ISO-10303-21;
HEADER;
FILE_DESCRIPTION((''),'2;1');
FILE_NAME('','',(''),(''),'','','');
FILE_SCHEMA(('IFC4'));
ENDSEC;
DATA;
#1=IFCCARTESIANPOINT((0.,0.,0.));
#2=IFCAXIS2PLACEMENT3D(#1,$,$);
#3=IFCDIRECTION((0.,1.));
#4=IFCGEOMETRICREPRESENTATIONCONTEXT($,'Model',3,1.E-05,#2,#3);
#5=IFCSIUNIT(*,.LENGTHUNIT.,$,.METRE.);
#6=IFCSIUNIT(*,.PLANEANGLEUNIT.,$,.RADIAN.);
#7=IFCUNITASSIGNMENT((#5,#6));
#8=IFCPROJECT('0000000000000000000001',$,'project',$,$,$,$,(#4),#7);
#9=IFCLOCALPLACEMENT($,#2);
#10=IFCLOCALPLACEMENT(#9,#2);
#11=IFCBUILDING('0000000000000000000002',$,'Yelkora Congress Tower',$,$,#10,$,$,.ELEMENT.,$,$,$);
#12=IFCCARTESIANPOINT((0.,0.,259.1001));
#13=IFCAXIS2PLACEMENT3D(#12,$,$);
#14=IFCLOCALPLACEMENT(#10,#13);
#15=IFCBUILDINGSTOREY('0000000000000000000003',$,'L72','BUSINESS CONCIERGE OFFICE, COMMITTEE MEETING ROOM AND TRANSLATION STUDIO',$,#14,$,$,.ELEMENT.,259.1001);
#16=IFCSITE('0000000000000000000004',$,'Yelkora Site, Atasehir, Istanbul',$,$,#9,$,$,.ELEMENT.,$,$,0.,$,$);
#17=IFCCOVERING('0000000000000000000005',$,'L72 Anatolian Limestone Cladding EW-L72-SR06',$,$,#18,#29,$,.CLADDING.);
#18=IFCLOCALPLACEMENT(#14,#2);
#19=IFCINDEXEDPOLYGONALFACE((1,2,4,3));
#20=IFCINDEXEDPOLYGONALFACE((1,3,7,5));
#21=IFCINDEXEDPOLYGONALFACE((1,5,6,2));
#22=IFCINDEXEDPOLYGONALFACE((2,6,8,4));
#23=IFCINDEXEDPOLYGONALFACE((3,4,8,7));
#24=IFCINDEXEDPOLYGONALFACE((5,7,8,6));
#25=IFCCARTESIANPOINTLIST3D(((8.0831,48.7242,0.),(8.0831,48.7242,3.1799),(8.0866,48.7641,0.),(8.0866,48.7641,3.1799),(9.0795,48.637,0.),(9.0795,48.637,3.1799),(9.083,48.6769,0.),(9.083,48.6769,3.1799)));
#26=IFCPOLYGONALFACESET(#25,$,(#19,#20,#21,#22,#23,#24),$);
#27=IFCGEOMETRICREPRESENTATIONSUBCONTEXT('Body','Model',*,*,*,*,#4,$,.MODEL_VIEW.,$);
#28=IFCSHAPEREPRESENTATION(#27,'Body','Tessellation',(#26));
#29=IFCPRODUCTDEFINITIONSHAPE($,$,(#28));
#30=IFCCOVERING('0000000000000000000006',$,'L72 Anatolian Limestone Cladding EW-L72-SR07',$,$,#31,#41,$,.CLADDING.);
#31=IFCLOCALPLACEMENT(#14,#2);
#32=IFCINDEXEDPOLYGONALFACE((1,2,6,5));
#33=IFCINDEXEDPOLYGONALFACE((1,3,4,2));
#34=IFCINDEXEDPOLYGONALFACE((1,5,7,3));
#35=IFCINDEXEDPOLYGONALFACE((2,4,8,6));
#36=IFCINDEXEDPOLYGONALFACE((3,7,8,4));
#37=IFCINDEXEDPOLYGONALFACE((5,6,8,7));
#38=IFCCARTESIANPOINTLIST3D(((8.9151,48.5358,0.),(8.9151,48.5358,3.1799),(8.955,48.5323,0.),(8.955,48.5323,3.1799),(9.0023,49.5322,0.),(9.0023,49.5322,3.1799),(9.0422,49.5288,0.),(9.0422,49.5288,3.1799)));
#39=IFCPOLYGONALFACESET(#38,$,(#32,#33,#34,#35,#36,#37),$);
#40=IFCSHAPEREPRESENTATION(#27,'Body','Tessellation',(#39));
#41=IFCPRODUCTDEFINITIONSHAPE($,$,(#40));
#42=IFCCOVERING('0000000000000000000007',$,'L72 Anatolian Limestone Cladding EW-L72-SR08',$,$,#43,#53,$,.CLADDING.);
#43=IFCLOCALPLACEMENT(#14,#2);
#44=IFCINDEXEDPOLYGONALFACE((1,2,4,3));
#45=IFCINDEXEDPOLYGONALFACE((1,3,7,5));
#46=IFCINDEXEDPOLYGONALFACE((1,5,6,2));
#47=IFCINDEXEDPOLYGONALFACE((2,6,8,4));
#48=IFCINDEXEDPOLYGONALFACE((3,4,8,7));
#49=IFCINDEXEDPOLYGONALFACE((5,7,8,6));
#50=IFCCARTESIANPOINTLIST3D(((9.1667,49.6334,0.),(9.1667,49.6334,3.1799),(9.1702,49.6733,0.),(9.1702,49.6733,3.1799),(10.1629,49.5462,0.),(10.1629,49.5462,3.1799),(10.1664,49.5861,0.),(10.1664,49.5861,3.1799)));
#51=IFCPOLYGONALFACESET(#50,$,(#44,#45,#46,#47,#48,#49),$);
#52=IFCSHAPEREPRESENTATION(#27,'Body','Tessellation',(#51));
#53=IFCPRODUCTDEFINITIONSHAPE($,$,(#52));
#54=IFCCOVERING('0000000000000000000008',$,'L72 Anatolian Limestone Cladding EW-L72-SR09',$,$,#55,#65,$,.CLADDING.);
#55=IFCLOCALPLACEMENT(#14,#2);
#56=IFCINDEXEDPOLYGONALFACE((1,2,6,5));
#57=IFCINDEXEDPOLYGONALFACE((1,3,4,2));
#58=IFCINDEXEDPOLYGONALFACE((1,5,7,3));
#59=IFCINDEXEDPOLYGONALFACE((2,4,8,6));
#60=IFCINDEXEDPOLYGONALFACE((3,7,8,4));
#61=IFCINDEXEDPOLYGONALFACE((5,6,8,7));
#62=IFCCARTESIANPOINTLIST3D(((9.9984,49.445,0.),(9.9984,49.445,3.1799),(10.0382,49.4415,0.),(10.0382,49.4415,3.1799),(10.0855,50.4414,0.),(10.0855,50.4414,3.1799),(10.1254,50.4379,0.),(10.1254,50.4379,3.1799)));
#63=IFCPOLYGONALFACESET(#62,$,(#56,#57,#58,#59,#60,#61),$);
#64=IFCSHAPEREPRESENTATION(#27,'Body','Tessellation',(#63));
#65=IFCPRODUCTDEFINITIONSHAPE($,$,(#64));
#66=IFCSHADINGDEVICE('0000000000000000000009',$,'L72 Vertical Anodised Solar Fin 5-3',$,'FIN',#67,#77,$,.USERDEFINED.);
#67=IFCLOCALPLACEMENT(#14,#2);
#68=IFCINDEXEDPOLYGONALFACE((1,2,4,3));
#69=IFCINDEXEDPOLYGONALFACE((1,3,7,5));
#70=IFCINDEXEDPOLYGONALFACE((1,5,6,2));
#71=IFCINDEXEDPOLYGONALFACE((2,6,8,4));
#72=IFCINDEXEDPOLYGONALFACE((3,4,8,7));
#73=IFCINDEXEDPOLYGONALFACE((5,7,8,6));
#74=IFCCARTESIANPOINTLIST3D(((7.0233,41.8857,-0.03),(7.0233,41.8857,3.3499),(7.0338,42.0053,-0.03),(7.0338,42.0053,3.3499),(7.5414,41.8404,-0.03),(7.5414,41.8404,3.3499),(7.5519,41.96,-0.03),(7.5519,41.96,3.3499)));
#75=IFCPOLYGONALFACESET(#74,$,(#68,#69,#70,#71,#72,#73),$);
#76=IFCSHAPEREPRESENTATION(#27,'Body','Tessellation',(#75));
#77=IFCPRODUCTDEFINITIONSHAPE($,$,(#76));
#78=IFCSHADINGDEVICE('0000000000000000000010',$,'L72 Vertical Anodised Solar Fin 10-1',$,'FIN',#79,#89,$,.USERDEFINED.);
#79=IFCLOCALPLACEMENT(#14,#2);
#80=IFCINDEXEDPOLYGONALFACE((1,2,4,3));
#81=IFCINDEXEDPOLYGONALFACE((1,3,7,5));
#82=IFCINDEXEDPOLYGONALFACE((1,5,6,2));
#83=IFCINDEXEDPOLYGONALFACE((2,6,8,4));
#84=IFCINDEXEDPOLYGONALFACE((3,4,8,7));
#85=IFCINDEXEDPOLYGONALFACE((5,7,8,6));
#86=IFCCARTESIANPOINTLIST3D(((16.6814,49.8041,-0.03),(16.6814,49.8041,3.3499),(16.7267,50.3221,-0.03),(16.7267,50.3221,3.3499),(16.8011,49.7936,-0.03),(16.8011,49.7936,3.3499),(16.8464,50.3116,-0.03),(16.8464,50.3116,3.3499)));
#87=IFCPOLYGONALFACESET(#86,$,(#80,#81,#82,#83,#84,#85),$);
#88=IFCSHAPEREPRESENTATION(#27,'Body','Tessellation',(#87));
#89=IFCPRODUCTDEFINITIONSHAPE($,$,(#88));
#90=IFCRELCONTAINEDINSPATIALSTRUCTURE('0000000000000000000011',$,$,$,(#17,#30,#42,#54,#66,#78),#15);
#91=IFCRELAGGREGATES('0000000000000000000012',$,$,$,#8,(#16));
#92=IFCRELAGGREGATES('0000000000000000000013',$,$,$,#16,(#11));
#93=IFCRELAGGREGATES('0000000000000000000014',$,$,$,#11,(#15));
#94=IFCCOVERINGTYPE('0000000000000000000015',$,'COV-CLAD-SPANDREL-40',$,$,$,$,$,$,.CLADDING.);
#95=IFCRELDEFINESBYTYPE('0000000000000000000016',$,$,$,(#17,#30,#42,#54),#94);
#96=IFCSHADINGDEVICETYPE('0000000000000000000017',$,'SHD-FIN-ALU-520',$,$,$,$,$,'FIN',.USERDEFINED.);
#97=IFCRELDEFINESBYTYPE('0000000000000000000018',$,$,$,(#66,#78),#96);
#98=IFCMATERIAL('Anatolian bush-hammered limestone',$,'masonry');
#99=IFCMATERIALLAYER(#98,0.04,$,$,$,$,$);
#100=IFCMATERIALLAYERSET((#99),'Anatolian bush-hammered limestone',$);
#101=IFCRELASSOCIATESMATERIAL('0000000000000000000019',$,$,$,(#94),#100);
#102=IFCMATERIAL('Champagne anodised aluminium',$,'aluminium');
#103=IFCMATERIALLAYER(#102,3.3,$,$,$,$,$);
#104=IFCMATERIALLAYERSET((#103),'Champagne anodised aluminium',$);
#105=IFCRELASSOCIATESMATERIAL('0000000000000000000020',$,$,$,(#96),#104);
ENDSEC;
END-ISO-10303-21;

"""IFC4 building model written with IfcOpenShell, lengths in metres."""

from ifc_helpers import new_model, si_unit, direction, frame, frame_2d, origin, origin_2d, place, context, subcontext, project, spatial, rectangle, extrude, material, layer, layer_set, type_object, element, save


model = new_model("IFC4")

# Units and contexts
model_context = context("Model", 3, precision=1e-05, world=origin(), true_north=direction((0.0, 1.0)))
body_context = subcontext(model_context, "Body", "Model", "MODEL_VIEW")
ifc_project = project(units=[si_unit("LENGTHUNIT", "METRE"), si_unit("PLANEANGLEUNIT", "RADIAN")], contexts=[model_context])

# Site, building, storey
site_placement = place(None, origin())
site = spatial("IfcSite", under=ifc_project, at=site_placement, Name="Yelkora Site, Atasehir, Istanbul", CompositionType="ELEMENT", RefElevation=0.0)
building_placement = place(site_placement, origin())
building = spatial("IfcBuilding", under=site, at=building_placement, Name="Yelkora Congress Tower", CompositionType="ELEMENT")
storey_placement = place(building_placement, frame((0.0, 0.0, 259.1001)))
storey = spatial("IfcBuildingStorey", under=building, at=storey_placement, Name="L72", Description="BUSINESS CONCIERGE OFFICE, COMMITTEE MEETING ROOM AND TRANSLATION STUDIO", CompositionType="ELEMENT", Elevation=259.1001)

# Coverings
ifc_material_1 = material(Name="Anatolian bush-hammered limestone", Category="masonry")
ifc_layer_1 = layer(ifc_material_1, 0.04)
ifc_layer_set_1 = layer_set([ifc_layer_1], Name="Anatolian bush-hammered limestone")
covering_type = type_object("IfcCoveringType", Name="COV-CLAD-SPANDREL-40", PredefinedType="CLADDING", material=ifc_layer_set_1)
for number, where, z_axis, x_axis, name in (
    (1, (8.085, 48.7441, 0.0), (0.0, 0.0, 1.0), (0.996196, -0.087146, 0.0), "L72 Anatolian Limestone Cladding EW-L72-SR06"),
    (2, (8.9351, 48.5342, 0.0), (0.0, 0.0, 1.0), (0.087146, 0.996196, 0.0), "L72 Anatolian Limestone Cladding EW-L72-SR07"),
):
    element("IfcCovering", number, at=place(storey_placement, frame(where, z_axis=z_axis, x_axis=x_axis)), inside=storey, type_object=covering_type, Name=name, PredefinedType="CLADDING", context=body_context, shape_type="SweptSolid", body=[
        extrude(rectangle(XDim=1.0002, YDim=0.04, at=frame_2d((0.5, 0.0))), origin(), (0.0, 0.0, 1.0), 3.1799),
    ])
covering_1_placement = place(storey_placement, frame((9.1685, 49.6533, 0.0), z_axis=(0.0, 0.0, 1.0), x_axis=(0.996194, -0.087167, 0.0)))
element("IfcCovering", 3, at=covering_1_placement, inside=storey, type_object=covering_type, Name="L72 Anatolian Limestone Cladding EW-L72-SR08", PredefinedType="CLADDING", context=body_context, shape_type="SweptSolid", body=[
    extrude(rectangle(XDim=1.0, YDim=0.04, at=frame_2d((0.5, 0.0))), origin(), (0.0, 0.0, 1.0), 3.1799),
])
covering_2_placement = place(storey_placement, frame((10.0183, 49.4434, 0.0), z_axis=(0.0, 0.0, 1.0), x_axis=(0.087146, 0.996196, 0.0)))
element("IfcCovering", 4, at=covering_2_placement, inside=storey, type_object=covering_type, Name="L72 Anatolian Limestone Cladding EW-L72-SR09", PredefinedType="CLADDING", context=body_context, shape_type="SweptSolid", body=[
    extrude(rectangle(XDim=1.0002, YDim=0.04, at=frame_2d((0.5, 0.0))), origin(), (0.0, 0.0, 1.0), 3.1799),
])

# Shading devices
ifc_material_2 = material(Name="Champagne anodised aluminium", Category="aluminium")
ifc_layer_2 = layer(ifc_material_2, 3.3)
ifc_layer_set_2 = layer_set([ifc_layer_2], Name="Champagne anodised aluminium")
shading_device_type = type_object("IfcShadingDeviceType", Name="SHD-FIN-ALU-520", ElementType="FIN", PredefinedType="USERDEFINED", material=ifc_layer_set_2)
for number, where, z_axis, x_axis, name in (
    (5, (7.2876, 41.9229, -0.03), (0.0, 0.0, 1.0), (0.087156, 0.996195, 0.0), "L72 Vertical Anodised Solar Fin 5-3"),
    (6, (16.7639, 50.0579, -0.03), (0.0, 0.0, 1.0), (0.996195, -0.087156, 0.0), "L72 Vertical Anodised Solar Fin 10-1"),
):
    element("IfcShadingDevice", number, at=place(storey_placement, frame(where, z_axis=z_axis, x_axis=x_axis)), inside=storey, type_object=shading_device_type, Name=name, ObjectType="FIN", PredefinedType="USERDEFINED", context=body_context, shape_type="SweptSolid", body=[
        extrude(rectangle(XDim=0.1201, YDim=0.52, at=origin_2d()), origin(), (0.0, 0.0, 1.0), 3.3799),
    ])

save(model, "model.ifc")
